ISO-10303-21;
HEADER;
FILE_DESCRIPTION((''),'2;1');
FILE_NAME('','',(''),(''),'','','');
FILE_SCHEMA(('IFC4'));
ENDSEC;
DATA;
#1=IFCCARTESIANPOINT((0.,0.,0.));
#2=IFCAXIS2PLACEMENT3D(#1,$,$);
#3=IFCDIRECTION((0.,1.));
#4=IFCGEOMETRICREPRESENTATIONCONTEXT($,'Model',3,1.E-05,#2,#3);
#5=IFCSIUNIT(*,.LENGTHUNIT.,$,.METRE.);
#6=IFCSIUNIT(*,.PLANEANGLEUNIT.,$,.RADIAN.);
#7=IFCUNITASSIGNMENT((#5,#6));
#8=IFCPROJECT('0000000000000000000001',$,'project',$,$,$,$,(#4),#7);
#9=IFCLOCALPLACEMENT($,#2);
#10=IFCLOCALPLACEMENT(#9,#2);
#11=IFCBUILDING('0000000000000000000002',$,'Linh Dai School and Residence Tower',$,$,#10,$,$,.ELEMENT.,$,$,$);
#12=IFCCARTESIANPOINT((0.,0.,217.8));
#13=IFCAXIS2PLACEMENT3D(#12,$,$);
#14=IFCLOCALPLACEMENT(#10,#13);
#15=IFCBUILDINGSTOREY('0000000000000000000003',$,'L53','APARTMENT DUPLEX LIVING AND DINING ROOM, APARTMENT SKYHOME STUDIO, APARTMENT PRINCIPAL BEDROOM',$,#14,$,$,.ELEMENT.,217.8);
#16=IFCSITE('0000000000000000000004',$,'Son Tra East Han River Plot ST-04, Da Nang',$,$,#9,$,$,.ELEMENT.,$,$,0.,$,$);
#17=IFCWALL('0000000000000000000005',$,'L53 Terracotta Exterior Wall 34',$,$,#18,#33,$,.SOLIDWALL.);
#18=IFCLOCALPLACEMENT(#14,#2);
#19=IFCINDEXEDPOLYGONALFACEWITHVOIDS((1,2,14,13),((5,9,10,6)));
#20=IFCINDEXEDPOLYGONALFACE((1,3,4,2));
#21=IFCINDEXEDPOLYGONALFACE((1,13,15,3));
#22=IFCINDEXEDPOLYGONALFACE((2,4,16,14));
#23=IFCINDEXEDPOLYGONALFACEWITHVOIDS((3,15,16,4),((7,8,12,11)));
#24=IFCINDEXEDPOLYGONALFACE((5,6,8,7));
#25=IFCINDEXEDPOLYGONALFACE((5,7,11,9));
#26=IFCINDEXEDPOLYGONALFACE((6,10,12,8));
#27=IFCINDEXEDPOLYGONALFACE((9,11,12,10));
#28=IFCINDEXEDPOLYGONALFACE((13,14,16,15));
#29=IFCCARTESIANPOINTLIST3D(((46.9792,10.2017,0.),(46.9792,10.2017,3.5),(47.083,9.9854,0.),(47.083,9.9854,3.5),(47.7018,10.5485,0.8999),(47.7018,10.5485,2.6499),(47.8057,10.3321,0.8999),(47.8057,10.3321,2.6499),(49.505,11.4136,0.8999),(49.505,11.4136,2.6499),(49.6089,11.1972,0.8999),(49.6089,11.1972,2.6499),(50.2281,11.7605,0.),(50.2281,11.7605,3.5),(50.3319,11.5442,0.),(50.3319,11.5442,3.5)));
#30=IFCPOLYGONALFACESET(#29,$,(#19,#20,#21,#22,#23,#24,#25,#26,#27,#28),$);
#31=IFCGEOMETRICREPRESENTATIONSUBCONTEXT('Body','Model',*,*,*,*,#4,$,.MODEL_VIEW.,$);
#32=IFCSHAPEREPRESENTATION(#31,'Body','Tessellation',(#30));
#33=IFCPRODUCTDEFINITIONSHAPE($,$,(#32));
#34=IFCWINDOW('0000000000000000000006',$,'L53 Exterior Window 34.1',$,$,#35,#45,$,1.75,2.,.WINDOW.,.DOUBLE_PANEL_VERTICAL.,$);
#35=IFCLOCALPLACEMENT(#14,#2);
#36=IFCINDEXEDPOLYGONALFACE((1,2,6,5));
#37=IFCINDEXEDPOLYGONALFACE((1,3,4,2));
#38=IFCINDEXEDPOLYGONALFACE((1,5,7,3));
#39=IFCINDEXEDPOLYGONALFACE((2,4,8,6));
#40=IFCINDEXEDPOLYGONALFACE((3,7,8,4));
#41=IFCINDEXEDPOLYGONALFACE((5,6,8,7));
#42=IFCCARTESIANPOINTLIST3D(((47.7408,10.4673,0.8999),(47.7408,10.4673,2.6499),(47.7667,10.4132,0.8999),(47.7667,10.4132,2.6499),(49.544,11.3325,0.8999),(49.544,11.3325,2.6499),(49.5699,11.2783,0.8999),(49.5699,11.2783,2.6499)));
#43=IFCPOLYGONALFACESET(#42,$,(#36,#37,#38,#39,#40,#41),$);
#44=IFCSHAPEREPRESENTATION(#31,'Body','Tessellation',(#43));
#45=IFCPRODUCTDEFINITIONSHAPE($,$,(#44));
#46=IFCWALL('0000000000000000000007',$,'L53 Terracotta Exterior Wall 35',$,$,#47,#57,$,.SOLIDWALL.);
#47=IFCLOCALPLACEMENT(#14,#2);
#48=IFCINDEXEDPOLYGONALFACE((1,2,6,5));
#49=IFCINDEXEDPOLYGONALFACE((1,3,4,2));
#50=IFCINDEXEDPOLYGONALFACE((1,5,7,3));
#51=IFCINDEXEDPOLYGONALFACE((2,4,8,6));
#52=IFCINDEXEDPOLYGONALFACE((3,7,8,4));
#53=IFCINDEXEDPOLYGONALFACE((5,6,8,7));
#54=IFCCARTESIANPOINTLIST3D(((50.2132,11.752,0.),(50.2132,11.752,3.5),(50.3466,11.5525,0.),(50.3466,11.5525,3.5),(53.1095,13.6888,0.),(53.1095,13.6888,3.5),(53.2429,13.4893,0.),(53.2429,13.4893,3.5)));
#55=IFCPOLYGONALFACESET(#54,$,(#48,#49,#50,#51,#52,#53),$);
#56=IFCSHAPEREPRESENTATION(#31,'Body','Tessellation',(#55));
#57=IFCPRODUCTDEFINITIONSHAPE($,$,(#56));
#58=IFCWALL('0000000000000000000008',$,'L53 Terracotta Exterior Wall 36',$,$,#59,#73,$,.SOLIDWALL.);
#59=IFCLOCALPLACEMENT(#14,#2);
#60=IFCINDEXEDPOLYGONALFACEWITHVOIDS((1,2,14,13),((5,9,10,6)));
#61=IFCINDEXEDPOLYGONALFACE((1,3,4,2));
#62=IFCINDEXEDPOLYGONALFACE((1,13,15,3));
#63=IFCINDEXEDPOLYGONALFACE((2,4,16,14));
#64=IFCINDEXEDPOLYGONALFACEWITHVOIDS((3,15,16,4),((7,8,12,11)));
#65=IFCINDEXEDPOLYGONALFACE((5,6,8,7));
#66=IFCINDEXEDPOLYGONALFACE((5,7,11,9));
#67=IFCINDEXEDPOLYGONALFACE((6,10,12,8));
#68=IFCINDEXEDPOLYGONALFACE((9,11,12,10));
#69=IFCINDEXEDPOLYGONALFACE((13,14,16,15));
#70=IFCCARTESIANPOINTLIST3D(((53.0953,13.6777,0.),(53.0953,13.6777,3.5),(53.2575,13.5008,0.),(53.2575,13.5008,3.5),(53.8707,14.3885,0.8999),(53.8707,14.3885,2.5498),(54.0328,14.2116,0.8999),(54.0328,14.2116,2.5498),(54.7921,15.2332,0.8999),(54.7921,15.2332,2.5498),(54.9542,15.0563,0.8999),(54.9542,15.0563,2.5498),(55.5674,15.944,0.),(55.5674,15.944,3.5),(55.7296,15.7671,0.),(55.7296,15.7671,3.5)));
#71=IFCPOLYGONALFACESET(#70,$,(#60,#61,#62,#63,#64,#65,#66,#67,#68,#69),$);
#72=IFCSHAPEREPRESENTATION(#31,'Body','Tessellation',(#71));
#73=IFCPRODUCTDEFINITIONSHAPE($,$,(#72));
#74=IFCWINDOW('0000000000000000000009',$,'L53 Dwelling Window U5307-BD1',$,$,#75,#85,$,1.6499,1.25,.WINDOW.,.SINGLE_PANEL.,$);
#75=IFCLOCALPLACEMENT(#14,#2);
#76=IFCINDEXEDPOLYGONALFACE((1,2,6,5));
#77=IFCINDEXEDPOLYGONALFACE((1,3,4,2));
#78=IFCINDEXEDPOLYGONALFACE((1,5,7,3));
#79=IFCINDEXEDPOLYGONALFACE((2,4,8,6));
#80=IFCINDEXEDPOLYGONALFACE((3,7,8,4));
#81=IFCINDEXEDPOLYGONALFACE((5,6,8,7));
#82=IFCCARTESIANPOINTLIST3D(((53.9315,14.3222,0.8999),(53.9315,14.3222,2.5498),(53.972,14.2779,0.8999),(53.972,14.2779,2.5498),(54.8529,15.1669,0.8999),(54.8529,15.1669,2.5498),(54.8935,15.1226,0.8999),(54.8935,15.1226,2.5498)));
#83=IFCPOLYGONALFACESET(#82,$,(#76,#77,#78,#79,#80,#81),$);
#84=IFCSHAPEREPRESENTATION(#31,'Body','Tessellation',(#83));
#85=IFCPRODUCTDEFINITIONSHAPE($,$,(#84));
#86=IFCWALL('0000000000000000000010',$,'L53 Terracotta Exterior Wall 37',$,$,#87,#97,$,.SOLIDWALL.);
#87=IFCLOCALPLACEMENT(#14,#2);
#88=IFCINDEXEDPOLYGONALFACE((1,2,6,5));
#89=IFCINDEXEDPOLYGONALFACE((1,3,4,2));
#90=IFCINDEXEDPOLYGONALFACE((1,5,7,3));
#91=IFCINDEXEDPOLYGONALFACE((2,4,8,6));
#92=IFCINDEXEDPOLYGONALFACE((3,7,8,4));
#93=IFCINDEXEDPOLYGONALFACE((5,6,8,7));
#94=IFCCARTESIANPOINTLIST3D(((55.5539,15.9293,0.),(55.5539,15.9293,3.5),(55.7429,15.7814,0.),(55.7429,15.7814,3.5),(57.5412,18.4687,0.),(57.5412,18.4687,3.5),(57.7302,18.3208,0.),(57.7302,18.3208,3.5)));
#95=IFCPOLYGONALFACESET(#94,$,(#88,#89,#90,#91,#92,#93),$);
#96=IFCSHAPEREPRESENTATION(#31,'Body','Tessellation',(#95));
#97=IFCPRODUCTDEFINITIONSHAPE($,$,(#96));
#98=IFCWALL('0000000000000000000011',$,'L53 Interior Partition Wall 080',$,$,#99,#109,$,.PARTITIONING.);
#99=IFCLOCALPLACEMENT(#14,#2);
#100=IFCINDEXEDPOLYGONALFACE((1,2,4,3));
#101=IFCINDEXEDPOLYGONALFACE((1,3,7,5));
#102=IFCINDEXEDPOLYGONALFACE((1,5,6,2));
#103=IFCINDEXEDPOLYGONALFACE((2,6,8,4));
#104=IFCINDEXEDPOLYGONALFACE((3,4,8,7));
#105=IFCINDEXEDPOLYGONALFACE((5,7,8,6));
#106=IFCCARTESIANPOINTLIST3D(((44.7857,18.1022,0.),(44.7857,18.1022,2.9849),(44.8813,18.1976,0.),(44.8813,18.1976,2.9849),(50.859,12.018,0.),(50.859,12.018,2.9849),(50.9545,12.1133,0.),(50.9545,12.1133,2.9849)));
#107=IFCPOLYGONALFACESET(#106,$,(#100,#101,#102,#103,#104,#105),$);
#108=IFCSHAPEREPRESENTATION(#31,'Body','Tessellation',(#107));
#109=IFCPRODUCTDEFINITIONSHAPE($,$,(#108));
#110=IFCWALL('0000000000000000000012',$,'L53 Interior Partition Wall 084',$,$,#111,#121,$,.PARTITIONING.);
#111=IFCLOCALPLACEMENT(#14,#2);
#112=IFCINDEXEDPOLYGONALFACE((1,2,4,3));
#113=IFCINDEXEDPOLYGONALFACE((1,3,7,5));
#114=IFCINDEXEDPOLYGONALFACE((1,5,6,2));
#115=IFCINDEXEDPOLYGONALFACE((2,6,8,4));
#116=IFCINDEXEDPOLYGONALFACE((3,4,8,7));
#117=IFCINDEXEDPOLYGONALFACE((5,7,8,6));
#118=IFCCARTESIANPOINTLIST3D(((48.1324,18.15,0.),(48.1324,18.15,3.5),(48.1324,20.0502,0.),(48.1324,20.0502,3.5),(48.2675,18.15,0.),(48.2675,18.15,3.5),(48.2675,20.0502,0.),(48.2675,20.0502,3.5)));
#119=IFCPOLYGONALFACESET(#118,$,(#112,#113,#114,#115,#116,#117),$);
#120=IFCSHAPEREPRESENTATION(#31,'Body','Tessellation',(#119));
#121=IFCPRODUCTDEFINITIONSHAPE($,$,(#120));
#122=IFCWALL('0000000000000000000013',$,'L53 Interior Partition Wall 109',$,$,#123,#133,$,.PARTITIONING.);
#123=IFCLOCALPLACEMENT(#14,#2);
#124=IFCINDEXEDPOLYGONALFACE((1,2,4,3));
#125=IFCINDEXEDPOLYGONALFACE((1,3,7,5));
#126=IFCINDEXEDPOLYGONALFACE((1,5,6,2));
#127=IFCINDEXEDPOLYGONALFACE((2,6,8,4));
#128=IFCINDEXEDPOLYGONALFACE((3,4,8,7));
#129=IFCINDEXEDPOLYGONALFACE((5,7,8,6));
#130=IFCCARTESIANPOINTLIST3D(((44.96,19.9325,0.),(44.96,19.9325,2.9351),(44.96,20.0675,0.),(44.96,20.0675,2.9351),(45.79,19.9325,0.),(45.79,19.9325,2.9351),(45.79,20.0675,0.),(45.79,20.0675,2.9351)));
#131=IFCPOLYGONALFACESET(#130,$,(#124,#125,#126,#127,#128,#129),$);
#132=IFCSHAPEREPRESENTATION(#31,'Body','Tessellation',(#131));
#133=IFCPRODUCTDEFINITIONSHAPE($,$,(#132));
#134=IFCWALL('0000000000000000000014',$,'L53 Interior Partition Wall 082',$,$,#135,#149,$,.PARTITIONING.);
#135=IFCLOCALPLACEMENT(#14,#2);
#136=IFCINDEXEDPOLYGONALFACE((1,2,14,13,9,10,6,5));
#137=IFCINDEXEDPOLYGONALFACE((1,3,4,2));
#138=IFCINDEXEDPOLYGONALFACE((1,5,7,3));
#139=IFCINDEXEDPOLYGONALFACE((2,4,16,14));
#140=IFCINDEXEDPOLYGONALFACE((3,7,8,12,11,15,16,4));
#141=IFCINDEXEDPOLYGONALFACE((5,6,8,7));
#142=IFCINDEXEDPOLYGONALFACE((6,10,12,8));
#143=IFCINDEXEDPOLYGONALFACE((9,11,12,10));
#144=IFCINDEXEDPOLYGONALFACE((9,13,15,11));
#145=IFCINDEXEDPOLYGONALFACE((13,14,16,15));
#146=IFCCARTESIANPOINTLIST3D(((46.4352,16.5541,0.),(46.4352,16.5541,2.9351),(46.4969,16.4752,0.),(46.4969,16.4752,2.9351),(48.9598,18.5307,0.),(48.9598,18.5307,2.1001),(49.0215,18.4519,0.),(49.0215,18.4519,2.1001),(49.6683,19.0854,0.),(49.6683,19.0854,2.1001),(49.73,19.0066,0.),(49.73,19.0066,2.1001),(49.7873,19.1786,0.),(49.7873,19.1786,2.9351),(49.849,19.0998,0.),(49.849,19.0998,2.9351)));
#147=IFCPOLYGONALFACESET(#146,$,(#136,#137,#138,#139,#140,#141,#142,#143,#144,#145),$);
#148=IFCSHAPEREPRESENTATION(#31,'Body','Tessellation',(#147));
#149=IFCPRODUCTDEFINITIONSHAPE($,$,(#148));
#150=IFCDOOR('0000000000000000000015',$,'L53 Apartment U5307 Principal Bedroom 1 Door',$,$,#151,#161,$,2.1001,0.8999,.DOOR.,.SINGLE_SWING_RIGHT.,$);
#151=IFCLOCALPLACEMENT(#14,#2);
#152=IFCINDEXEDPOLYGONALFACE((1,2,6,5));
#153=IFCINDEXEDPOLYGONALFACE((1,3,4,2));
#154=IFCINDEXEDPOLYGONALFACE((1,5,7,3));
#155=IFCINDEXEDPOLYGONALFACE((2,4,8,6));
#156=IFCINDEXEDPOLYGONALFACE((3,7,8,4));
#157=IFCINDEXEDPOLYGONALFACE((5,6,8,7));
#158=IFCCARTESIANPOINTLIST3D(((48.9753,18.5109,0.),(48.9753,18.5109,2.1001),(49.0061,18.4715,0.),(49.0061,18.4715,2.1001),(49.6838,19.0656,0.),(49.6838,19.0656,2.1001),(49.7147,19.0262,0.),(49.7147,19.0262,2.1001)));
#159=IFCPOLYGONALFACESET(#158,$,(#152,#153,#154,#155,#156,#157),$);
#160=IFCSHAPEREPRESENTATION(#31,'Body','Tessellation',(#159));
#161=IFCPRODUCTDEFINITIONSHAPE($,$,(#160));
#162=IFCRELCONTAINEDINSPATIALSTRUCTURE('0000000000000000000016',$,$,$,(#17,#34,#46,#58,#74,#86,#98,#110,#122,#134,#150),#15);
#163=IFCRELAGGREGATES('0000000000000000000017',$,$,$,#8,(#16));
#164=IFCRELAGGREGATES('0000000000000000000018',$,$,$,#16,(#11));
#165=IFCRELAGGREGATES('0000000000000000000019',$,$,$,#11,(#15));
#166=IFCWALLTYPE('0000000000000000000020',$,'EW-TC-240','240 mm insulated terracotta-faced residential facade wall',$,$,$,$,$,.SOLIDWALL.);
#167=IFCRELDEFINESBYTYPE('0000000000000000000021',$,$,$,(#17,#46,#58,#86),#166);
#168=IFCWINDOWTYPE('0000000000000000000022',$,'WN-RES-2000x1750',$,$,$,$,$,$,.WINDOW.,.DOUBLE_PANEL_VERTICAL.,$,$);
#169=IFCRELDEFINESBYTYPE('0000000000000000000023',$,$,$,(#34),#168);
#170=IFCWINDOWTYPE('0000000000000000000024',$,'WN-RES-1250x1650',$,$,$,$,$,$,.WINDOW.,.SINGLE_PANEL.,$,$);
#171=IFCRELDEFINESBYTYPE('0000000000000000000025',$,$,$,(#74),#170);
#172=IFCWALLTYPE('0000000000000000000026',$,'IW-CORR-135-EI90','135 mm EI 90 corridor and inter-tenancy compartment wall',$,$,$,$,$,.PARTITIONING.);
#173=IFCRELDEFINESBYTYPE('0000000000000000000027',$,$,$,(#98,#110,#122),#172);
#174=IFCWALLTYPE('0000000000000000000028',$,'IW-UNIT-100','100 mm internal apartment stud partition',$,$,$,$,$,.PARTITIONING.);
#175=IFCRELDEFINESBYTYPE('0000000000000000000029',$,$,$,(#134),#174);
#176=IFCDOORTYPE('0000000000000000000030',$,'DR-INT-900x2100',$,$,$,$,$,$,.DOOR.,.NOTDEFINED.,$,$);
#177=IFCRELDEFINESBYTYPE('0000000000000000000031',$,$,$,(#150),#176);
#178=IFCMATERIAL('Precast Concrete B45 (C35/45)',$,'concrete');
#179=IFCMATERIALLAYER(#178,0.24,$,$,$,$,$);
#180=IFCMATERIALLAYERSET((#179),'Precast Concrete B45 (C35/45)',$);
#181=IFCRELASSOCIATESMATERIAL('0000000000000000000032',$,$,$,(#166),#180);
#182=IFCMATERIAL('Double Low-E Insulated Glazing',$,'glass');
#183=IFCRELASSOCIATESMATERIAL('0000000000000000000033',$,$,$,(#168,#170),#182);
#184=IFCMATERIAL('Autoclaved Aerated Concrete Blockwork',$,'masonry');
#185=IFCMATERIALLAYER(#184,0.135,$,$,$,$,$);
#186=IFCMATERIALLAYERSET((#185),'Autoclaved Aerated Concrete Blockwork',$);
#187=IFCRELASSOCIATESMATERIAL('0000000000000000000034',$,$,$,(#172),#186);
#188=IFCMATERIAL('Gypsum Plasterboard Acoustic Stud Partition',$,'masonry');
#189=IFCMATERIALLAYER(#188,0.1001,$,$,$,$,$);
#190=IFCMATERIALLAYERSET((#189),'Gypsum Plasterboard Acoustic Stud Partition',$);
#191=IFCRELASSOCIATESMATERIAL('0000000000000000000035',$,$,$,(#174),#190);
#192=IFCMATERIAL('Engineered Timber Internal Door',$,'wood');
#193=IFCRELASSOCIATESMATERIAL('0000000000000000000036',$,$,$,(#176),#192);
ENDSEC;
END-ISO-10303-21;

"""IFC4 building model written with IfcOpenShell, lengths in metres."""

from ifc_helpers import new_model, si_unit, direction, frame, frame_2d, origin, origin_2d, place, context, subcontext, project, spatial, rectangle, extrude, source, transform, mapped, material, layer, layer_set, type_object, element, fill, save


model = new_model("IFC4")

# Units and contexts
model_context = context("Model", 3, precision=1e-05, world=origin(), true_north=direction((0.0, 1.0)))
body_context = subcontext(model_context, "Body", "Model", "MODEL_VIEW")
ifc_project = project(units=[si_unit("LENGTHUNIT", "METRE"), si_unit("PLANEANGLEUNIT", "RADIAN")], contexts=[model_context])

# Site, building, storey
site_placement = place(None, origin())
site = spatial("IfcSite", under=ifc_project, at=site_placement, Name="Son Tra East Han River Plot ST-04, Da Nang", CompositionType="ELEMENT", RefElevation=0.0)
building_placement = place(site_placement, origin())
building = spatial("IfcBuilding", under=site, at=building_placement, Name="Linh Dai School and Residence Tower", CompositionType="ELEMENT")
storey_placement = place(building_placement, frame((0.0, 0.0, 217.8)))
storey = spatial("IfcBuildingStorey", under=building, at=storey_placement, Name="L53", Description="APARTMENT DUPLEX LIVING AND DINING ROOM, APARTMENT SKYHOME STUDIO, APARTMENT PRINCIPAL BEDROOM", CompositionType="ELEMENT", Elevation=217.8)

# Shared definitions
ifc_material_1 = material(Name="Precast Concrete B45 (C35/45)", Category="concrete")

# Shared definitions
ifc_layer_1 = layer(ifc_material_1, 0.24)
ifc_layer_set_1 = layer_set([ifc_layer_1], Name="Precast Concrete B45 (C35/45)")
wall_type_1 = type_object("IfcWallType", Name="EW-TC-240", Description="240 mm insulated terracotta-faced residential facade wall", PredefinedType="SOLIDWALL", material=ifc_layer_set_1)

# Wall, opening, window
wall_1_placement = place(storey_placement, frame((50.28, 11.6523, 0.0), z_axis=(0.0, 0.0, 1.0), x_axis=(-0.901598, -0.432575, 0.0)))
wall_1 = element("IfcWall", 1, at=wall_1_placement, inside=storey, type_object=wall_type_1, Name="L53 Terracotta Exterior Wall 34", PredefinedType="SOLIDWALL", context=body_context, shape_type="SweptSolid", body=[
    extrude(rectangle(XDim=3.6035, YDim=0.24, at=frame_2d((1.8018, 0.0))), origin(), (0.0, 0.0, 1.0), 3.5),
])
opening_1_placement = place(wall_1_placement, frame((0.802, 0.0, 0.8999)))
opening_1 = element("IfcOpeningElement", 2, at=opening_1_placement, cuts=wall_1, PredefinedType="OPENING", context=body_context, shape_type="SweptSolid", body=[
    extrude(rectangle(XDim=2.0, YDim=1.75, at=origin_2d()), frame((1.0, 0.1299, 0.875), z_axis=(0.0, -1.0, 0.0), x_axis=(1.0, 0.0, 0.0)), (0.0, 0.0, 1.0), 0.26),
])
ifc_material_2 = material(Name="Double Low-E Insulated Glazing", Category="glass")
window_type_1 = type_object("IfcWindowType", Name="WN-RES-2000x1750", PartitioningType="DOUBLE_PANEL_VERTICAL", PredefinedType="WINDOW", material=ifc_material_2)
shared_shape_1 = source(origin(), body_context, "Body", "SweptSolid", [
    extrude(rectangle(XDim=2.0, YDim=1.75, at=origin_2d()), frame((1.0, 0.03, 0.875), z_axis=(0.0, -1.0, 0.0), x_axis=(1.0, 0.0, 0.0)), (0.0, 0.0, 1.0), 0.0601),
])
window_1_placement = place(opening_1_placement, origin())
window_1 = element("IfcWindow", 3, at=window_1_placement, inside=storey, type_object=window_type_1, Name="L53 Exterior Window 34.1", OverallHeight=1.75, OverallWidth=2.0, PartitioningType="DOUBLE_PANEL_VERTICAL", PredefinedType="WINDOW", context=body_context, shape_type="MappedRepresentation", body=[
    mapped(shared_shape_1, transform((0.0, 0.0, 0.0), x_axis=(1.0, 0.0, 0.0), y_axis=(0.0, 1.0, 0.0), z_axis=(0.0, 0.0, 1.0), scale=1.0)),
])
fill(opening_1, window_1)

# Wall
wall_2_placement = place(storey_placement, frame((53.1763, 13.5891, 0.0), z_axis=(0.0, 0.0, 1.0), x_axis=(-0.831262, -0.55588, 0.0)))
element("IfcWall", 4, at=wall_2_placement, inside=storey, type_object=wall_type_1, Name="L53 Terracotta Exterior Wall 35", PredefinedType="SOLIDWALL", context=body_context, shape_type="SweptSolid", body=[
    extrude(rectangle(XDim=3.4841, YDim=0.24, at=frame_2d((1.7422, 0.0))), origin(), (0.0, 0.0, 1.0), 3.5),
])

# Wall, opening, window
wall_3_placement = place(storey_placement, frame((55.6484, 15.8555, 0.0), z_axis=(0.0, 0.0, 1.0), x_axis=(-0.737124, -0.675758, 0.0)))
wall_3 = element("IfcWall", 5, at=wall_3_placement, inside=storey, type_object=wall_type_1, Name="L53 Terracotta Exterior Wall 36", PredefinedType="SOLIDWALL", context=body_context, shape_type="SweptSolid", body=[
    extrude(rectangle(XDim=3.3538, YDim=0.24, at=frame_2d((1.6768, 0.0))), origin(), (0.0, 0.0, 1.0), 3.5),
])
opening_2_placement = place(wall_3_placement, frame((1.0518, 0.0, 0.8999)))
opening_2 = element("IfcOpeningElement", 6, at=opening_2_placement, cuts=wall_3, PredefinedType="OPENING", context=body_context, shape_type="SweptSolid", body=[
    extrude(rectangle(XDim=1.25, YDim=1.6499, at=origin_2d()), frame((0.625, 0.1299, 0.825), z_axis=(0.0, -1.0, 0.0), x_axis=(1.0, 0.0, 0.0)), (0.0, 0.0, 1.0), 0.26),
])
window_type_2 = type_object("IfcWindowType", Name="WN-RES-1250x1650", PartitioningType="SINGLE_PANEL", PredefinedType="WINDOW", material=ifc_material_2)
shared_shape_2 = source(origin(), body_context, "Body", "SweptSolid", [
    extrude(rectangle(XDim=1.25, YDim=1.6499, at=origin_2d()), frame((0.625, 0.03, 0.825), z_axis=(0.0, -1.0, 0.0), x_axis=(1.0, 0.0, 0.0)), (0.0, 0.0, 1.0), 0.0601),
])
window_2_placement = place(opening_2_placement, origin())
window_2 = element("IfcWindow", 7, at=window_2_placement, inside=storey, type_object=window_type_2, Name="L53 Dwelling Window U5307-BD1", OverallHeight=1.6499, OverallWidth=1.25, PartitioningType="SINGLE_PANEL", PredefinedType="WINDOW", context=body_context, shape_type="MappedRepresentation", body=[
    mapped(shared_shape_2, transform((0.0, 0.0, 0.0), x_axis=(1.0, 0.0, 0.0), y_axis=(0.0, 1.0, 0.0), z_axis=(0.0, 0.0, 1.0), scale=1.0)),
])
fill(opening_2, window_2)

# Walls
wall_4_placement = place(storey_placement, frame((57.6357, 18.3948, 0.0), z_axis=(0.0, 0.0, 1.0), x_axis=(-0.616312, -0.787502, 0.0)))
element("IfcWall", 8, at=wall_4_placement, inside=storey, type_object=wall_type_1, Name="L53 Terracotta Exterior Wall 37", PredefinedType="SOLIDWALL", context=body_context, shape_type="SweptSolid", body=[
    extrude(rectangle(XDim=3.2246, YDim=0.24, at=frame_2d((1.6123, 0.0))), origin(), (0.0, 0.0, 1.0), 3.5),
])
ifc_material_3 = material(Name="Autoclaved Aerated Concrete Blockwork", Category="masonry")
ifc_layer_2 = layer(ifc_material_3, 0.135)
ifc_layer_set_2 = layer_set([ifc_layer_2], Name="Autoclaved Aerated Concrete Blockwork")
wall_type_2 = type_object("IfcWallType", Name="IW-CORR-135-EI90", Description="135 mm EI 90 corridor and inter-tenancy compartment wall", PredefinedType="PARTITIONING", material=ifc_layer_set_2)
wall_5_placement = place(storey_placement, frame((44.8335, 18.1499, 0.0), z_axis=(0.0, 0.0, 1.0), x_axis=(0.706468, -0.707745, 0.0)))
element("IfcWall", 9, at=wall_5_placement, inside=storey, type_object=wall_type_2, Name="L53 Interior Partition Wall 080", PredefinedType="PARTITIONING", context=body_context, shape_type="SweptSolid", body=[
    extrude(rectangle(XDim=8.5967, YDim=0.135, at=frame_2d((4.2983, 0.0))), origin(), (0.0, 0.0, 1.0), 2.9849),
])
wall_6_placement = place(storey_placement, frame((48.2, 18.1499, 0.0), z_axis=(0.0, 0.0, 1.0), x_axis=(0.0, 1.0, 0.0)))
element("IfcWall", 10, at=wall_6_placement, inside=storey, type_object=wall_type_2, Name="L53 Interior Partition Wall 084", PredefinedType="PARTITIONING", context=body_context, shape_type="SweptSolid", body=[
    extrude(rectangle(XDim=1.9001, YDim=0.135, at=frame_2d((0.9502, 0.0))), origin(), (0.0, 0.0, 1.0), 3.5),
])
wall_7_placement = place(storey_placement, frame((44.96, 20.0, 0.0), z_axis=(0.0, 0.0, 1.0), x_axis=(1.0, 0.0, 0.0)))
element("IfcWall", 11, at=wall_7_placement, inside=storey, type_object=wall_type_2, Name="L53 Interior Partition Wall 109", PredefinedType="PARTITIONING", context=body_context, shape_type="SweptSolid", body=[
    extrude(rectangle(XDim=0.8301, YDim=0.135, at=frame_2d((0.415, 0.0))), origin(), (0.0, 0.0, 1.0), 2.9351),
])

# Wall, opening, door
ifc_material_4 = material(Name="Gypsum Plasterboard Acoustic Stud Partition", Category="masonry")
ifc_layer_3 = layer(ifc_material_4, 0.1001)
ifc_layer_set_3 = layer_set([ifc_layer_3], Name="Gypsum Plasterboard Acoustic Stud Partition")
wall_type_3 = type_object("IfcWallType", Name="IW-UNIT-100", Description="100 mm internal apartment stud partition", PredefinedType="PARTITIONING", material=ifc_layer_set_3)
wall_8_placement = place(storey_placement, frame((46.4661, 16.5146, 0.0), z_axis=(0.0, 0.0, 1.0), x_axis=(0.787372, 0.616478, 0.0)))
wall_8 = element("IfcWall", 12, at=wall_8_placement, inside=storey, type_object=wall_type_3, Name="L53 Interior Partition Wall 082", PredefinedType="PARTITIONING", context=body_context, shape_type="SweptSolid", body=[
    extrude(rectangle(XDim=4.2573, YDim=0.1001, at=frame_2d((2.1287, 0.0))), origin(), (0.0, 0.0, 1.0), 2.9351),
])
opening_3_placement = place(wall_8_placement, frame((3.2063, 0.0, 0.0)))
opening_3 = element("IfcOpeningElement", 13, at=opening_3_placement, cuts=wall_8, PredefinedType="OPENING", context=body_context, shape_type="SweptSolid", body=[
    extrude(rectangle(XDim=0.8999, YDim=2.1001, at=origin_2d()), frame((0.45, 0.0601, 1.05), z_axis=(0.0, -1.0, 0.0), x_axis=(1.0, 0.0, 0.0)), (0.0, 0.0, 1.0), 0.1201),
])
ifc_material_5 = material(Name="Engineered Timber Internal Door", Category="wood")
door_type = type_object("IfcDoorType", Name="DR-INT-900x2100", OperationType="NOTDEFINED", PredefinedType="DOOR", material=ifc_material_5)
shared_shape_3 = source(origin(), body_context, "Body", "SweptSolid", [
    extrude(rectangle(XDim=0.8999, YDim=2.1001, at=origin_2d()), frame((0.45, 0.0249, 1.05), z_axis=(0.0, -1.0, 0.0), x_axis=(1.0, 0.0, 0.0)), (0.0, 0.0, 1.0), 0.05),
])
door_placement = place(opening_3_placement, origin())
door = element("IfcDoor", 14, at=door_placement, inside=storey, type_object=door_type, Name="L53 Apartment U5307 Principal Bedroom 1 Door", OperationType="SINGLE_SWING_RIGHT", OverallHeight=2.1001, OverallWidth=0.8999, PredefinedType="DOOR", context=body_context, shape_type="MappedRepresentation", body=[
    mapped(shared_shape_3, transform((0.0, 0.0, 0.0), x_axis=(1.0, 0.0, 0.0), y_axis=(0.0, 1.0, 0.0), z_axis=(0.0, 0.0, 1.0), scale=1.0)),
])
fill(opening_3, door)

save(model, "model.ifc")
